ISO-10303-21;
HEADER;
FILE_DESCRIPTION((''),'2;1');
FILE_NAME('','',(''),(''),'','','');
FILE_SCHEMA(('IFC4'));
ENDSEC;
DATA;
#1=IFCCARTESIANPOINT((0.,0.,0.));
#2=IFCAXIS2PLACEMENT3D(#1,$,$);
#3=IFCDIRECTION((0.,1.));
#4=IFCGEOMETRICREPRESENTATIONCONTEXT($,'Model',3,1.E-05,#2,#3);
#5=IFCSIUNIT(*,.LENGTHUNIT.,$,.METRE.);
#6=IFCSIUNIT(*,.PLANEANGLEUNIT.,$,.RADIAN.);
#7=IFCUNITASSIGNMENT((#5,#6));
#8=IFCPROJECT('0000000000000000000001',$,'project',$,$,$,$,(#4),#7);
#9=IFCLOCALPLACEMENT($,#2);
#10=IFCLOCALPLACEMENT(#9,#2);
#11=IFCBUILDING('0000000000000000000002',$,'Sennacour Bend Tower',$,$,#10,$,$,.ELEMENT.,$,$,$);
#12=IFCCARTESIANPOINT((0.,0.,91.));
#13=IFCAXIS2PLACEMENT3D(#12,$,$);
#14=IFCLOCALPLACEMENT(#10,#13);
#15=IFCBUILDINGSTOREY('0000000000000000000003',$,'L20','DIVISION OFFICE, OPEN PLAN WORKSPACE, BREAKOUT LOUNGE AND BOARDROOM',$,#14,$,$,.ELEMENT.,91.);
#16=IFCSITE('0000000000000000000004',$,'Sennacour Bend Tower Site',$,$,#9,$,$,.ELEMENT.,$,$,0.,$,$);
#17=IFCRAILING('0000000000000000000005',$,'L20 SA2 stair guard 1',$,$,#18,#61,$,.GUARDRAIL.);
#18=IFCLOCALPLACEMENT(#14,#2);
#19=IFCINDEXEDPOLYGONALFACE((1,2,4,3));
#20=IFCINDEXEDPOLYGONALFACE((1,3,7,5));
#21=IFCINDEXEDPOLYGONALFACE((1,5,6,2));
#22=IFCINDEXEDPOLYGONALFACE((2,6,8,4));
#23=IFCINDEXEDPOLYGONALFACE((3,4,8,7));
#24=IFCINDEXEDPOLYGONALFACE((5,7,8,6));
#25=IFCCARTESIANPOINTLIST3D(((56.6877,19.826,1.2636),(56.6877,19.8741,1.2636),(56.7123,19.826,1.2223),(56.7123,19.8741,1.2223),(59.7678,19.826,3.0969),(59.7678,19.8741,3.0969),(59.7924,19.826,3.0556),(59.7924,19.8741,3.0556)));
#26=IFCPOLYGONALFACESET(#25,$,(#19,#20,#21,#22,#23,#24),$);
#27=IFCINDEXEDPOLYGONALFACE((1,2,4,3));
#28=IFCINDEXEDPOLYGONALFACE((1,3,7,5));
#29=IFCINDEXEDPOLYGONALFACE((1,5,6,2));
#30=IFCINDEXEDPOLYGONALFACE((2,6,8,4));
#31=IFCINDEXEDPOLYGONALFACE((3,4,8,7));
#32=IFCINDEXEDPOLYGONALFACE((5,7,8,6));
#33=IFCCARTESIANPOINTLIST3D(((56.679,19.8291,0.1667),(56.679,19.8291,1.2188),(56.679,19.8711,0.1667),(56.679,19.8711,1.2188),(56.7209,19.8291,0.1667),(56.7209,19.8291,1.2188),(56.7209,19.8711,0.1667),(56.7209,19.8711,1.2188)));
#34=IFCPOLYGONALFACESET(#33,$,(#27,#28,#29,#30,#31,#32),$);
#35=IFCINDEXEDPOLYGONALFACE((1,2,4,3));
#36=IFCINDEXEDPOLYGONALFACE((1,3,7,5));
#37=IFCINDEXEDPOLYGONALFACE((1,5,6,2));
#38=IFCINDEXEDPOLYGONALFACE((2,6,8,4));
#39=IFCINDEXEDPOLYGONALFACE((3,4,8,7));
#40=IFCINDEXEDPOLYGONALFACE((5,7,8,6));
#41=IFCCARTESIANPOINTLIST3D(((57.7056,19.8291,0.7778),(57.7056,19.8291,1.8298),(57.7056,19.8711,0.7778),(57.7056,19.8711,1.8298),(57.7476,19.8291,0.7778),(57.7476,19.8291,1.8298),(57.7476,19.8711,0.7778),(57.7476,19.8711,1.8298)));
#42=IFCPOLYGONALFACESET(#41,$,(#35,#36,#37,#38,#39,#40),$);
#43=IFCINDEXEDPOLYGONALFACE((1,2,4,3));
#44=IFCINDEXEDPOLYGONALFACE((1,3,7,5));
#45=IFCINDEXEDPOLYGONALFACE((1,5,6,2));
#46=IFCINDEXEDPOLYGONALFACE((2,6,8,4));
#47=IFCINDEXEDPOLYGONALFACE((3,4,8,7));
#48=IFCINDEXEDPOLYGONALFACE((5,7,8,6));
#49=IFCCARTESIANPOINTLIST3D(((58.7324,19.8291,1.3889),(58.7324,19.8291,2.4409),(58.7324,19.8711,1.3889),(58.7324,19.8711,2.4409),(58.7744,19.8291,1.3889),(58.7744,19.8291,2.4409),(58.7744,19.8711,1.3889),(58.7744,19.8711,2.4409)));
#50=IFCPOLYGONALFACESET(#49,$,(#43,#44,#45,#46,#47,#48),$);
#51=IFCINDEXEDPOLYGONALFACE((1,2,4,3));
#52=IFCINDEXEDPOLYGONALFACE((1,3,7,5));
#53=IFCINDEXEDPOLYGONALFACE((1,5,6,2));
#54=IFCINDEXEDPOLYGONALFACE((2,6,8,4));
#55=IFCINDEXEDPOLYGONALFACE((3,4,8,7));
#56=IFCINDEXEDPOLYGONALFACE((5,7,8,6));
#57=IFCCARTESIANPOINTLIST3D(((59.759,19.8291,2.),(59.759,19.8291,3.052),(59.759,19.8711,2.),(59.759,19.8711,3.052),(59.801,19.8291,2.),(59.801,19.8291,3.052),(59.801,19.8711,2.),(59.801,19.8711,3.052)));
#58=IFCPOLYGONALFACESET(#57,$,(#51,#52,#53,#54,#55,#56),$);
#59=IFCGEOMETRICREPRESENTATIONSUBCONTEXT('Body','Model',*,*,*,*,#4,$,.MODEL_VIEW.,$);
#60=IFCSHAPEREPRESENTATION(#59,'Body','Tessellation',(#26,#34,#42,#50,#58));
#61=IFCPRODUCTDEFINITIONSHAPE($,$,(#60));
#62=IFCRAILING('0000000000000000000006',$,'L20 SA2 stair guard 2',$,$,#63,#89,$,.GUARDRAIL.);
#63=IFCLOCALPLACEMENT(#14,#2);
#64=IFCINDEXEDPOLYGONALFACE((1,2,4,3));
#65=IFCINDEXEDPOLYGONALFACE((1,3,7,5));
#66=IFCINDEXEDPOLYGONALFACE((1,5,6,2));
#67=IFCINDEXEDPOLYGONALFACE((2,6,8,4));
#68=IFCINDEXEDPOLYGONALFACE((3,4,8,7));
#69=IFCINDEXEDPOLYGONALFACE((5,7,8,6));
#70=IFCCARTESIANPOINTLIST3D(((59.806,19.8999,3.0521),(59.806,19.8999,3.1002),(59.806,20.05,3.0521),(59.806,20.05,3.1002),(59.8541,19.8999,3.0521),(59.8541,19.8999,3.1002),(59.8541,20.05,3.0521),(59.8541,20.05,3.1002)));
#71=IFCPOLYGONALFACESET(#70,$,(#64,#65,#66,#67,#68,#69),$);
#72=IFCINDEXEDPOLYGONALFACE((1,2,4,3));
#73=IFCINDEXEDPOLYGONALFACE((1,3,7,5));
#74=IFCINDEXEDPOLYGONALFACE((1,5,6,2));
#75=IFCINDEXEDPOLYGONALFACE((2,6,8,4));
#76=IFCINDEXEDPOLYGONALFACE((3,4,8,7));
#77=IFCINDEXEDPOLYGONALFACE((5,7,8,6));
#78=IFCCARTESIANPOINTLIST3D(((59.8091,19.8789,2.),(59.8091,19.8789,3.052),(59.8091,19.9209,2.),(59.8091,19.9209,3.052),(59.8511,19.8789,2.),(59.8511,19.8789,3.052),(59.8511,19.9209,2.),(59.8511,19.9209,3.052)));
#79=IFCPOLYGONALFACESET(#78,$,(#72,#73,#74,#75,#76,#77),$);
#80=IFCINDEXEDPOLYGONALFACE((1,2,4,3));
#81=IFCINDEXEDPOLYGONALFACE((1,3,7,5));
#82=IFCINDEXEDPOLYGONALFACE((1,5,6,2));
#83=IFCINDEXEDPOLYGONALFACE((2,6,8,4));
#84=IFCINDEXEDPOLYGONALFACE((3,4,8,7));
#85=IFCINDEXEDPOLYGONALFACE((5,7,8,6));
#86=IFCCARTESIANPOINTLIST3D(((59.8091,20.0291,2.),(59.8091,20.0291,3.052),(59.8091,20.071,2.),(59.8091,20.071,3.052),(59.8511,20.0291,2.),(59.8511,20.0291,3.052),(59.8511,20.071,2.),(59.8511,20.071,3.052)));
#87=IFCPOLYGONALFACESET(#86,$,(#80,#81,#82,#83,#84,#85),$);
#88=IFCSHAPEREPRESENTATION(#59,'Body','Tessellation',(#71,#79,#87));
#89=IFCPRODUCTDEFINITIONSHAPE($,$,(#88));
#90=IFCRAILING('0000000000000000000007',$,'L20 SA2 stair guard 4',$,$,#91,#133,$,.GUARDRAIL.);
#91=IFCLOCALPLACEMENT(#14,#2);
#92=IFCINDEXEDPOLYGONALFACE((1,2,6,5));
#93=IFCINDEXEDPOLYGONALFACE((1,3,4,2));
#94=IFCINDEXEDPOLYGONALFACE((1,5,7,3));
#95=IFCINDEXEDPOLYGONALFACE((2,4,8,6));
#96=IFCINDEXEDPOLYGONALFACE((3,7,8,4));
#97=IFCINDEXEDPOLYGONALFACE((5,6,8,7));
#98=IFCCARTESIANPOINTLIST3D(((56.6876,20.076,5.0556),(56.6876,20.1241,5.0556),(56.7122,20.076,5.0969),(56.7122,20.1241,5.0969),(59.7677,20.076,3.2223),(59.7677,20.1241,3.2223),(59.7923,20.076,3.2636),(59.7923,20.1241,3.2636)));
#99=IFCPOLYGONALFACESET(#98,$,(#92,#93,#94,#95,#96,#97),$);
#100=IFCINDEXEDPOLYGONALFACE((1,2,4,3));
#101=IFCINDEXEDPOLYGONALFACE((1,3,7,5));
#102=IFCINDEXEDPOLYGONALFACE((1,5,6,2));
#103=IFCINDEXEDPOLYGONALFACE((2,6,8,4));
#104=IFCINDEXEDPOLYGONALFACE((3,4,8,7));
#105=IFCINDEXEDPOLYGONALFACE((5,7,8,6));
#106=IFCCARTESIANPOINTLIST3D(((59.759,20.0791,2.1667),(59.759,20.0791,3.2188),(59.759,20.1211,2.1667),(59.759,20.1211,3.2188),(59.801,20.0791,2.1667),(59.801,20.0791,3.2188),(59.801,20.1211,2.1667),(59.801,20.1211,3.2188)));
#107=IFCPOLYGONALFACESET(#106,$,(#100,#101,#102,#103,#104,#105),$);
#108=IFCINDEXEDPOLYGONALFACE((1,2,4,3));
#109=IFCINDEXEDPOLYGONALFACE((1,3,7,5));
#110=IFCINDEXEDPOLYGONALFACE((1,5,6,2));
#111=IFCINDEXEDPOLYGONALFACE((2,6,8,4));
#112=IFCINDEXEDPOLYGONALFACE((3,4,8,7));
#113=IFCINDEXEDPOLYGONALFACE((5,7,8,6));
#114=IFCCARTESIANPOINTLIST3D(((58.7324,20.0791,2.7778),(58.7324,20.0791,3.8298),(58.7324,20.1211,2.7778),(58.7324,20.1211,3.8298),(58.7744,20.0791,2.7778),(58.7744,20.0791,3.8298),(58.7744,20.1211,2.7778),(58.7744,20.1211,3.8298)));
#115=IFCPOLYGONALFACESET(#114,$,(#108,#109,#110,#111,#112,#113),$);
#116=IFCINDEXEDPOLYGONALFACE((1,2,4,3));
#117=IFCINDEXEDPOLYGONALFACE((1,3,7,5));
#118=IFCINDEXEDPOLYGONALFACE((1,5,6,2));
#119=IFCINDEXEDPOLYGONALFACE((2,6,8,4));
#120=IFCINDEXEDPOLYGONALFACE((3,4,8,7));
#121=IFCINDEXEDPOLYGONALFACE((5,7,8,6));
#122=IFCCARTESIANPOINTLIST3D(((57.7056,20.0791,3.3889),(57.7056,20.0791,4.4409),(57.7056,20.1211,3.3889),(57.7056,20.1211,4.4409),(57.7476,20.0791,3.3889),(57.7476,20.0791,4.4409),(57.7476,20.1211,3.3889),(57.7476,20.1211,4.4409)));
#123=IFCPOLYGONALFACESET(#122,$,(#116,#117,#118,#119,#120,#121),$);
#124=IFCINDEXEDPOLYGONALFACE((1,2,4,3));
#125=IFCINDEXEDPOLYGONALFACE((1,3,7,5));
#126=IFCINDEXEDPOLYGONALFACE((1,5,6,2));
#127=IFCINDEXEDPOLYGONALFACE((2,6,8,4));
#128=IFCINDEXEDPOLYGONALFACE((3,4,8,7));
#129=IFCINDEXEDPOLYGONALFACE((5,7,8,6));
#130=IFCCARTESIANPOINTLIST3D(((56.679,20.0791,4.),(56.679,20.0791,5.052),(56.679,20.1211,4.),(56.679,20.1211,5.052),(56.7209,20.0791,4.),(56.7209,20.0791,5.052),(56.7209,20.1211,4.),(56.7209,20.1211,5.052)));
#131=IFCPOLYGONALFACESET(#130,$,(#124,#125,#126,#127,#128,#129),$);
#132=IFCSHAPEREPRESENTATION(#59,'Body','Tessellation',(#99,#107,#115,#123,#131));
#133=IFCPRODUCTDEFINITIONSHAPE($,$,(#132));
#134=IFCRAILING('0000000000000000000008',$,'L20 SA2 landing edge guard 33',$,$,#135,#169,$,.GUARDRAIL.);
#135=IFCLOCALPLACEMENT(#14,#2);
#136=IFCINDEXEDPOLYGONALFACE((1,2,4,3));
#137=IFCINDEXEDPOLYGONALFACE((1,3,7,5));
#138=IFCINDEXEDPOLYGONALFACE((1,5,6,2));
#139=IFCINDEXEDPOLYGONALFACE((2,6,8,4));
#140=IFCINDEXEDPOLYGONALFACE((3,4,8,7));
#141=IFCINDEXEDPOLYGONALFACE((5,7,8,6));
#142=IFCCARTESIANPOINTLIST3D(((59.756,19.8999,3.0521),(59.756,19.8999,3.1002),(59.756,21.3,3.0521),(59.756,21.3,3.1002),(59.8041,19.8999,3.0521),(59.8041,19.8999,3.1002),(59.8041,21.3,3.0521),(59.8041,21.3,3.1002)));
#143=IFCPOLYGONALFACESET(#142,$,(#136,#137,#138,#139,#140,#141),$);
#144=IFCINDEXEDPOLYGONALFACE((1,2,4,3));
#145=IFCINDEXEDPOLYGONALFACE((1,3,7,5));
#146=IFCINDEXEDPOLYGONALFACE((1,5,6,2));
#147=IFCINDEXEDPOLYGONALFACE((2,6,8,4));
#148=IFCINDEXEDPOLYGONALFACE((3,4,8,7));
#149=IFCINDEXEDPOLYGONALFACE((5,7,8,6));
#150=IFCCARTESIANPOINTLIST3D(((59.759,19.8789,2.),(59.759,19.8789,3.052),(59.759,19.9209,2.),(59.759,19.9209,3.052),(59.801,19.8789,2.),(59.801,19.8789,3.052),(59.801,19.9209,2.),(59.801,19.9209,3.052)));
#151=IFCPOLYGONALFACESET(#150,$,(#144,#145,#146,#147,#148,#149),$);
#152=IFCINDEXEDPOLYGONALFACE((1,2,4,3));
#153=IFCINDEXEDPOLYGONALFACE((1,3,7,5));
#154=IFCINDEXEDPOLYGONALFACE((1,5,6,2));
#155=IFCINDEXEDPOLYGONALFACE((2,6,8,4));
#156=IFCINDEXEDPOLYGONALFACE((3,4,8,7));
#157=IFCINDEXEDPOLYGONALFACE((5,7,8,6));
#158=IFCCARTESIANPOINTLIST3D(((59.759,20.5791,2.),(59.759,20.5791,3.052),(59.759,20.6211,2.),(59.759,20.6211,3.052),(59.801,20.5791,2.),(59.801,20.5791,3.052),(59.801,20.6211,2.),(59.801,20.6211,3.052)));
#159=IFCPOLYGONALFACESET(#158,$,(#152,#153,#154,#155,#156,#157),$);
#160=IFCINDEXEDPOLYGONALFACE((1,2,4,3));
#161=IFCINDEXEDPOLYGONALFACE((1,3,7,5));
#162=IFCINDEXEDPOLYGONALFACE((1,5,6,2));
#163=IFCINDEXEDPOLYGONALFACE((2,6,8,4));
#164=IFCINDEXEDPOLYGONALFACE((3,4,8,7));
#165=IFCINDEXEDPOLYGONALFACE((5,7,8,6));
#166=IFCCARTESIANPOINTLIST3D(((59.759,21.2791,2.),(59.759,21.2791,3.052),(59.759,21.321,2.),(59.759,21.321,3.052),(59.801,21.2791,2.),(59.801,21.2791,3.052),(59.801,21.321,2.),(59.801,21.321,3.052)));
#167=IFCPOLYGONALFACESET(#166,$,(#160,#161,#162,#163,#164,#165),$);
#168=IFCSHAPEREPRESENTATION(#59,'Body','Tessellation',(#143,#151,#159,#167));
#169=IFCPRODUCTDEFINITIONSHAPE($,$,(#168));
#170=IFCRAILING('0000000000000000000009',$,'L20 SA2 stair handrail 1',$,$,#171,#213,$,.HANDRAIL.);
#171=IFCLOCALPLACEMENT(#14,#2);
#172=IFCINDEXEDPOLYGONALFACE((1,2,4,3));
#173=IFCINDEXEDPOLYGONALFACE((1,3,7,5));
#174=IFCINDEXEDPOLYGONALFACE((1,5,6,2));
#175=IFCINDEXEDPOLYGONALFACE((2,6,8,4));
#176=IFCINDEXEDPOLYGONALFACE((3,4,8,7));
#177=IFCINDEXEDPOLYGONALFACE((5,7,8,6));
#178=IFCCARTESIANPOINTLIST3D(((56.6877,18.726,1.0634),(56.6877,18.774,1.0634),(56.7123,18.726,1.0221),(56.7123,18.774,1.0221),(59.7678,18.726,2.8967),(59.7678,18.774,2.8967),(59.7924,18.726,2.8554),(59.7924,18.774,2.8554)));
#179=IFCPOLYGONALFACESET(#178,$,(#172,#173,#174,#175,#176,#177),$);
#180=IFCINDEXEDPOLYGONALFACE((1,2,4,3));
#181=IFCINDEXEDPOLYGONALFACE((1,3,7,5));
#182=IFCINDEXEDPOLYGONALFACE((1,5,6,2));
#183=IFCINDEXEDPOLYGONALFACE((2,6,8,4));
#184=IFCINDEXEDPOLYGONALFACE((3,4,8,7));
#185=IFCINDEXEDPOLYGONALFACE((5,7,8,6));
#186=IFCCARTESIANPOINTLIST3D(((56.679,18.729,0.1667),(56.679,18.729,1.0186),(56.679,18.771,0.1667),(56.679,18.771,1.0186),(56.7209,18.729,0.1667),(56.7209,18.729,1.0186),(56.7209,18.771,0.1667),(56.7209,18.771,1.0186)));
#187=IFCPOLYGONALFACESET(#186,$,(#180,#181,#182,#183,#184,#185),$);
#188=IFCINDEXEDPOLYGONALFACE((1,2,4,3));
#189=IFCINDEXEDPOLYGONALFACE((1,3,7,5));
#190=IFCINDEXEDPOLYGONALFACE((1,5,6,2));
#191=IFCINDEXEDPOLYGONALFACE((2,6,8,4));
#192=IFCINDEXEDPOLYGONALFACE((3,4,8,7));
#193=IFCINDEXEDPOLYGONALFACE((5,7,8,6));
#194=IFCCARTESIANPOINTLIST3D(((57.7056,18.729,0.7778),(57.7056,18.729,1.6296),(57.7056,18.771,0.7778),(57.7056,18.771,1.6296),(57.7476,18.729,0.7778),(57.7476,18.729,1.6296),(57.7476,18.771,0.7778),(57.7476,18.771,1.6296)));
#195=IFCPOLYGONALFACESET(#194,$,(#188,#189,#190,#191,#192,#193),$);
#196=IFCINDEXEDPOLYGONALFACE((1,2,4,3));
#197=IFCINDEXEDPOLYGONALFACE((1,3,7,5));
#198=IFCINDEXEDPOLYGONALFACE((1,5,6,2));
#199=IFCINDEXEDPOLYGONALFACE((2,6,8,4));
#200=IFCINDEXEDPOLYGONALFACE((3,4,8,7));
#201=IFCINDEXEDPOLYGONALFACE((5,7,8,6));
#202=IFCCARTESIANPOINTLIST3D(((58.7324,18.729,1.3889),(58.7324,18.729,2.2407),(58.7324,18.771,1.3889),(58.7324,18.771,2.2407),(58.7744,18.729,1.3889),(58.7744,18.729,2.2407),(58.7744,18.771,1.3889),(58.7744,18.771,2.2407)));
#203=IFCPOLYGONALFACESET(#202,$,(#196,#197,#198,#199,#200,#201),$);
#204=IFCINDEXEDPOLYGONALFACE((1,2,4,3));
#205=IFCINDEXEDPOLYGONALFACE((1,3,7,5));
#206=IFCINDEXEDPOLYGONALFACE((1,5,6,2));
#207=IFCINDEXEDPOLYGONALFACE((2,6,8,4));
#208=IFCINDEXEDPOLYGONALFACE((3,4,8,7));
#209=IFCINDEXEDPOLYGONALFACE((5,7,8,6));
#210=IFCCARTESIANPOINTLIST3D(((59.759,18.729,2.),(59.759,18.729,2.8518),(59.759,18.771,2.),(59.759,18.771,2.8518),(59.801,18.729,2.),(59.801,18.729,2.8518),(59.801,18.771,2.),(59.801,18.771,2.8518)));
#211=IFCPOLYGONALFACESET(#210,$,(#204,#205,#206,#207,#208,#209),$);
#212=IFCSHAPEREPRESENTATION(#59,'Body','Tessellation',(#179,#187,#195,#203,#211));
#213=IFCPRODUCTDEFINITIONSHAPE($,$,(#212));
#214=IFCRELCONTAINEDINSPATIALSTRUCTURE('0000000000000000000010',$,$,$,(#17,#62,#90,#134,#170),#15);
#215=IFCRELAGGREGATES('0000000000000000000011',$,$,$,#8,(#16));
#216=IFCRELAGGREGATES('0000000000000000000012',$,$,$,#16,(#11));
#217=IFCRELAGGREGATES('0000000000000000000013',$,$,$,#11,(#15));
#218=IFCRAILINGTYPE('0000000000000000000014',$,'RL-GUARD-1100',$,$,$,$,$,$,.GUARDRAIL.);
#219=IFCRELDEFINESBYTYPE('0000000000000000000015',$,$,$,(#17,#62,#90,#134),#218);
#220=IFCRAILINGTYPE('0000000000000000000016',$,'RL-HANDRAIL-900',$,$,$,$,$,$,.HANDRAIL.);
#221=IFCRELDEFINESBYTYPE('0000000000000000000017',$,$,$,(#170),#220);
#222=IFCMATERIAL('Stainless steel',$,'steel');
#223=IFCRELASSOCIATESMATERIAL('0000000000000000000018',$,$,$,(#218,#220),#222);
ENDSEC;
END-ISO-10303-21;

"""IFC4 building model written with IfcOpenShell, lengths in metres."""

from ifc_helpers import new_model, si_unit, direction, frame, origin, origin_2d, place, context, subcontext, project, spatial, rectangle, extrude, material, type_object, element, save


model = new_model("IFC4")

# Units and contexts
model_context = context("Model", 3, precision=1e-05, world=origin(), true_north=direction((0.0, 1.0)))
body_context = subcontext(model_context, "Body", "Model", "MODEL_VIEW")
ifc_project = project(units=[si_unit("LENGTHUNIT", "METRE"), si_unit("PLANEANGLEUNIT", "RADIAN")], contexts=[model_context])

# Site, building, storey
site_placement = place(None, origin())
site = spatial("IfcSite", under=ifc_project, at=site_placement, Name="Sennacour Bend Tower Site", CompositionType="ELEMENT", RefElevation=0.0)
building_placement = place(site_placement, origin())
building = spatial("IfcBuilding", under=site, at=building_placement, Name="Sennacour Bend Tower", CompositionType="ELEMENT")
storey_placement = place(building_placement, frame((0.0, 0.0, 91.0)))
storey = spatial("IfcBuildingStorey", under=building, at=storey_placement, Name="L20", Description="DIVISION OFFICE, OPEN PLAN WORKSPACE, BREAKOUT LOUNGE AND BOARDROOM", CompositionType="ELEMENT", Elevation=91.0)

# Shared definitions
ifc_material_1 = material(Name="Stainless steel", Category="steel")

# Railings
railing_type_1 = type_object("IfcRailingType", Name="RL-GUARD-1100", PredefinedType="GUARDRAIL", material=ifc_material_1)
railing_1_placement = place(storey_placement, frame((56.7, 19.8501, 0.1667)))
element("IfcRailing", 1, at=railing_1_placement, inside=storey, type_object=railing_type_1, Name="L20 SA2 stair guard 1", PredefinedType="GUARDRAIL", context=body_context, shape_type="SweptSolid", body=[
    extrude(rectangle(XDim=0.0481, YDim=0.0481, at=origin_2d()), frame((0.0, 0.0, 1.0762), z_axis=(0.859309, 0.0, 0.511458), x_axis=(0.0, 1.0, 0.0)), (0.0, 0.0, 1.0), 3.5845),
    extrude(rectangle(XDim=0.042, YDim=0.042, at=origin_2d()), origin(), (0.0, 0.0, 1.0), 1.052),
    extrude(rectangle(XDim=0.042, YDim=0.042, at=origin_2d()), frame((1.0266, 0.0, 0.6111)), (0.0, 0.0, 1.0), 1.052),
    extrude(rectangle(XDim=0.042, YDim=0.042, at=origin_2d()), frame((2.0535, 0.0, 1.2222)), (0.0, 0.0, 1.0), 1.052),
    extrude(rectangle(XDim=0.042, YDim=0.042, at=origin_2d()), frame((3.0801, 0.0, 1.8333)), (0.0, 0.0, 1.0), 1.052),
])
railing_2_placement = place(storey_placement, frame((59.8301, 19.8999, 2.0)))
element("IfcRailing", 2, at=railing_2_placement, inside=storey, type_object=railing_type_1, Name="L20 SA2 stair guard 2", PredefinedType="GUARDRAIL", context=body_context, shape_type="SweptSolid", body=[
    extrude(rectangle(XDim=0.0481, YDim=0.0481, at=origin_2d()), frame((0.0, 0.0, 1.0762), z_axis=(0.0, 1.0, 0.0), x_axis=(-1.0, 0.0, 0.0)), (0.0, 0.0, 1.0), 0.1501),
    extrude(rectangle(XDim=0.042, YDim=0.042, at=origin_2d()), origin(), (0.0, 0.0, 1.0), 1.052),
    extrude(rectangle(XDim=0.042, YDim=0.042, at=origin_2d()), frame((0.0, 0.1501, 0.0)), (0.0, 0.0, 1.0), 1.052),
])
railing_3_placement = place(storey_placement, frame((59.78, 20.1001, 2.1667)))
element("IfcRailing", 3, at=railing_3_placement, inside=storey, type_object=railing_type_1, Name="L20 SA2 stair guard 4", PredefinedType="GUARDRAIL", context=body_context, shape_type="SweptSolid", body=[
    extrude(rectangle(XDim=0.0481, YDim=0.0481, at=origin_2d()), frame((0.0, 0.0, 1.0762), z_axis=(-0.859309, 0.0, 0.511458), x_axis=(0.0, -1.0, 0.0)), (0.0, 0.0, 1.0), 3.5845),
    extrude(rectangle(XDim=0.042, YDim=0.042, at=origin_2d()), origin(), (0.0, 0.0, 1.0), 1.052),
    extrude(rectangle(XDim=0.042, YDim=0.042, at=origin_2d()), frame((-1.0266, 0.0, 0.6111)), (0.0, 0.0, 1.0), 1.052),
    extrude(rectangle(XDim=0.042, YDim=0.042, at=origin_2d()), frame((-2.0535, 0.0, 1.2222)), (0.0, 0.0, 1.0), 1.052),
    extrude(rectangle(XDim=0.042, YDim=0.042, at=origin_2d()), frame((-3.0801, 0.0, 1.8333)), (0.0, 0.0, 1.0), 1.052),
])
railing_4_placement = place(storey_placement, frame((59.78, 19.8999, 2.0)))
element("IfcRailing", 4, at=railing_4_placement, inside=storey, type_object=railing_type_1, Name="L20 SA2 landing edge guard 33", PredefinedType="GUARDRAIL", context=body_context, shape_type="SweptSolid", body=[
    extrude(rectangle(XDim=0.0481, YDim=0.0481, at=origin_2d()), frame((0.0, 0.0, 1.0762), z_axis=(0.0, 1.0, 0.0), x_axis=(-1.0, 0.0, 0.0)), (0.0, 0.0, 1.0), 1.4001),
    extrude(rectangle(XDim=0.042, YDim=0.042, at=origin_2d()), origin(), (0.0, 0.0, 1.0), 1.052),
    extrude(rectangle(XDim=0.042, YDim=0.042, at=origin_2d()), frame((0.0, 0.7002, 0.0)), (0.0, 0.0, 1.0), 1.052),
    extrude(rectangle(XDim=0.042, YDim=0.042, at=origin_2d()), frame((0.0, 1.4001, 0.0)), (0.0, 0.0, 1.0), 1.052),
])
railing_type_2 = type_object("IfcRailingType", Name="RL-HANDRAIL-900", PredefinedType="HANDRAIL", material=ifc_material_1)
railing_5_placement = place(storey_placement, frame((56.7, 18.75, 0.1667)))
element("IfcRailing", 5, at=railing_5_placement, inside=storey, type_object=railing_type_2, Name="L20 SA2 stair handrail 1", PredefinedType="HANDRAIL", context=body_context, shape_type="SweptSolid", body=[
    extrude(rectangle(XDim=0.0481, YDim=0.0481, at=origin_2d()), frame((0.0, 0.0, 0.876), z_axis=(0.859309, 0.0, 0.511458), x_axis=(0.0, 1.0, 0.0)), (0.0, 0.0, 1.0), 3.5845),
    extrude(rectangle(XDim=0.042, YDim=0.042, at=origin_2d()), origin(), (0.0, 0.0, 1.0), 0.8518),
    extrude(rectangle(XDim=0.042, YDim=0.042, at=origin_2d()), frame((1.0266, 0.0, 0.6111)), (0.0, 0.0, 1.0), 0.8518),
    extrude(rectangle(XDim=0.042, YDim=0.042, at=origin_2d()), frame((2.0535, 0.0, 1.2222)), (0.0, 0.0, 1.0), 0.8518),
    extrude(rectangle(XDim=0.042, YDim=0.042, at=origin_2d()), frame((3.0801, 0.0, 1.8333)), (0.0, 0.0, 1.0), 0.8518),
])

save(model, "model.ifc")
